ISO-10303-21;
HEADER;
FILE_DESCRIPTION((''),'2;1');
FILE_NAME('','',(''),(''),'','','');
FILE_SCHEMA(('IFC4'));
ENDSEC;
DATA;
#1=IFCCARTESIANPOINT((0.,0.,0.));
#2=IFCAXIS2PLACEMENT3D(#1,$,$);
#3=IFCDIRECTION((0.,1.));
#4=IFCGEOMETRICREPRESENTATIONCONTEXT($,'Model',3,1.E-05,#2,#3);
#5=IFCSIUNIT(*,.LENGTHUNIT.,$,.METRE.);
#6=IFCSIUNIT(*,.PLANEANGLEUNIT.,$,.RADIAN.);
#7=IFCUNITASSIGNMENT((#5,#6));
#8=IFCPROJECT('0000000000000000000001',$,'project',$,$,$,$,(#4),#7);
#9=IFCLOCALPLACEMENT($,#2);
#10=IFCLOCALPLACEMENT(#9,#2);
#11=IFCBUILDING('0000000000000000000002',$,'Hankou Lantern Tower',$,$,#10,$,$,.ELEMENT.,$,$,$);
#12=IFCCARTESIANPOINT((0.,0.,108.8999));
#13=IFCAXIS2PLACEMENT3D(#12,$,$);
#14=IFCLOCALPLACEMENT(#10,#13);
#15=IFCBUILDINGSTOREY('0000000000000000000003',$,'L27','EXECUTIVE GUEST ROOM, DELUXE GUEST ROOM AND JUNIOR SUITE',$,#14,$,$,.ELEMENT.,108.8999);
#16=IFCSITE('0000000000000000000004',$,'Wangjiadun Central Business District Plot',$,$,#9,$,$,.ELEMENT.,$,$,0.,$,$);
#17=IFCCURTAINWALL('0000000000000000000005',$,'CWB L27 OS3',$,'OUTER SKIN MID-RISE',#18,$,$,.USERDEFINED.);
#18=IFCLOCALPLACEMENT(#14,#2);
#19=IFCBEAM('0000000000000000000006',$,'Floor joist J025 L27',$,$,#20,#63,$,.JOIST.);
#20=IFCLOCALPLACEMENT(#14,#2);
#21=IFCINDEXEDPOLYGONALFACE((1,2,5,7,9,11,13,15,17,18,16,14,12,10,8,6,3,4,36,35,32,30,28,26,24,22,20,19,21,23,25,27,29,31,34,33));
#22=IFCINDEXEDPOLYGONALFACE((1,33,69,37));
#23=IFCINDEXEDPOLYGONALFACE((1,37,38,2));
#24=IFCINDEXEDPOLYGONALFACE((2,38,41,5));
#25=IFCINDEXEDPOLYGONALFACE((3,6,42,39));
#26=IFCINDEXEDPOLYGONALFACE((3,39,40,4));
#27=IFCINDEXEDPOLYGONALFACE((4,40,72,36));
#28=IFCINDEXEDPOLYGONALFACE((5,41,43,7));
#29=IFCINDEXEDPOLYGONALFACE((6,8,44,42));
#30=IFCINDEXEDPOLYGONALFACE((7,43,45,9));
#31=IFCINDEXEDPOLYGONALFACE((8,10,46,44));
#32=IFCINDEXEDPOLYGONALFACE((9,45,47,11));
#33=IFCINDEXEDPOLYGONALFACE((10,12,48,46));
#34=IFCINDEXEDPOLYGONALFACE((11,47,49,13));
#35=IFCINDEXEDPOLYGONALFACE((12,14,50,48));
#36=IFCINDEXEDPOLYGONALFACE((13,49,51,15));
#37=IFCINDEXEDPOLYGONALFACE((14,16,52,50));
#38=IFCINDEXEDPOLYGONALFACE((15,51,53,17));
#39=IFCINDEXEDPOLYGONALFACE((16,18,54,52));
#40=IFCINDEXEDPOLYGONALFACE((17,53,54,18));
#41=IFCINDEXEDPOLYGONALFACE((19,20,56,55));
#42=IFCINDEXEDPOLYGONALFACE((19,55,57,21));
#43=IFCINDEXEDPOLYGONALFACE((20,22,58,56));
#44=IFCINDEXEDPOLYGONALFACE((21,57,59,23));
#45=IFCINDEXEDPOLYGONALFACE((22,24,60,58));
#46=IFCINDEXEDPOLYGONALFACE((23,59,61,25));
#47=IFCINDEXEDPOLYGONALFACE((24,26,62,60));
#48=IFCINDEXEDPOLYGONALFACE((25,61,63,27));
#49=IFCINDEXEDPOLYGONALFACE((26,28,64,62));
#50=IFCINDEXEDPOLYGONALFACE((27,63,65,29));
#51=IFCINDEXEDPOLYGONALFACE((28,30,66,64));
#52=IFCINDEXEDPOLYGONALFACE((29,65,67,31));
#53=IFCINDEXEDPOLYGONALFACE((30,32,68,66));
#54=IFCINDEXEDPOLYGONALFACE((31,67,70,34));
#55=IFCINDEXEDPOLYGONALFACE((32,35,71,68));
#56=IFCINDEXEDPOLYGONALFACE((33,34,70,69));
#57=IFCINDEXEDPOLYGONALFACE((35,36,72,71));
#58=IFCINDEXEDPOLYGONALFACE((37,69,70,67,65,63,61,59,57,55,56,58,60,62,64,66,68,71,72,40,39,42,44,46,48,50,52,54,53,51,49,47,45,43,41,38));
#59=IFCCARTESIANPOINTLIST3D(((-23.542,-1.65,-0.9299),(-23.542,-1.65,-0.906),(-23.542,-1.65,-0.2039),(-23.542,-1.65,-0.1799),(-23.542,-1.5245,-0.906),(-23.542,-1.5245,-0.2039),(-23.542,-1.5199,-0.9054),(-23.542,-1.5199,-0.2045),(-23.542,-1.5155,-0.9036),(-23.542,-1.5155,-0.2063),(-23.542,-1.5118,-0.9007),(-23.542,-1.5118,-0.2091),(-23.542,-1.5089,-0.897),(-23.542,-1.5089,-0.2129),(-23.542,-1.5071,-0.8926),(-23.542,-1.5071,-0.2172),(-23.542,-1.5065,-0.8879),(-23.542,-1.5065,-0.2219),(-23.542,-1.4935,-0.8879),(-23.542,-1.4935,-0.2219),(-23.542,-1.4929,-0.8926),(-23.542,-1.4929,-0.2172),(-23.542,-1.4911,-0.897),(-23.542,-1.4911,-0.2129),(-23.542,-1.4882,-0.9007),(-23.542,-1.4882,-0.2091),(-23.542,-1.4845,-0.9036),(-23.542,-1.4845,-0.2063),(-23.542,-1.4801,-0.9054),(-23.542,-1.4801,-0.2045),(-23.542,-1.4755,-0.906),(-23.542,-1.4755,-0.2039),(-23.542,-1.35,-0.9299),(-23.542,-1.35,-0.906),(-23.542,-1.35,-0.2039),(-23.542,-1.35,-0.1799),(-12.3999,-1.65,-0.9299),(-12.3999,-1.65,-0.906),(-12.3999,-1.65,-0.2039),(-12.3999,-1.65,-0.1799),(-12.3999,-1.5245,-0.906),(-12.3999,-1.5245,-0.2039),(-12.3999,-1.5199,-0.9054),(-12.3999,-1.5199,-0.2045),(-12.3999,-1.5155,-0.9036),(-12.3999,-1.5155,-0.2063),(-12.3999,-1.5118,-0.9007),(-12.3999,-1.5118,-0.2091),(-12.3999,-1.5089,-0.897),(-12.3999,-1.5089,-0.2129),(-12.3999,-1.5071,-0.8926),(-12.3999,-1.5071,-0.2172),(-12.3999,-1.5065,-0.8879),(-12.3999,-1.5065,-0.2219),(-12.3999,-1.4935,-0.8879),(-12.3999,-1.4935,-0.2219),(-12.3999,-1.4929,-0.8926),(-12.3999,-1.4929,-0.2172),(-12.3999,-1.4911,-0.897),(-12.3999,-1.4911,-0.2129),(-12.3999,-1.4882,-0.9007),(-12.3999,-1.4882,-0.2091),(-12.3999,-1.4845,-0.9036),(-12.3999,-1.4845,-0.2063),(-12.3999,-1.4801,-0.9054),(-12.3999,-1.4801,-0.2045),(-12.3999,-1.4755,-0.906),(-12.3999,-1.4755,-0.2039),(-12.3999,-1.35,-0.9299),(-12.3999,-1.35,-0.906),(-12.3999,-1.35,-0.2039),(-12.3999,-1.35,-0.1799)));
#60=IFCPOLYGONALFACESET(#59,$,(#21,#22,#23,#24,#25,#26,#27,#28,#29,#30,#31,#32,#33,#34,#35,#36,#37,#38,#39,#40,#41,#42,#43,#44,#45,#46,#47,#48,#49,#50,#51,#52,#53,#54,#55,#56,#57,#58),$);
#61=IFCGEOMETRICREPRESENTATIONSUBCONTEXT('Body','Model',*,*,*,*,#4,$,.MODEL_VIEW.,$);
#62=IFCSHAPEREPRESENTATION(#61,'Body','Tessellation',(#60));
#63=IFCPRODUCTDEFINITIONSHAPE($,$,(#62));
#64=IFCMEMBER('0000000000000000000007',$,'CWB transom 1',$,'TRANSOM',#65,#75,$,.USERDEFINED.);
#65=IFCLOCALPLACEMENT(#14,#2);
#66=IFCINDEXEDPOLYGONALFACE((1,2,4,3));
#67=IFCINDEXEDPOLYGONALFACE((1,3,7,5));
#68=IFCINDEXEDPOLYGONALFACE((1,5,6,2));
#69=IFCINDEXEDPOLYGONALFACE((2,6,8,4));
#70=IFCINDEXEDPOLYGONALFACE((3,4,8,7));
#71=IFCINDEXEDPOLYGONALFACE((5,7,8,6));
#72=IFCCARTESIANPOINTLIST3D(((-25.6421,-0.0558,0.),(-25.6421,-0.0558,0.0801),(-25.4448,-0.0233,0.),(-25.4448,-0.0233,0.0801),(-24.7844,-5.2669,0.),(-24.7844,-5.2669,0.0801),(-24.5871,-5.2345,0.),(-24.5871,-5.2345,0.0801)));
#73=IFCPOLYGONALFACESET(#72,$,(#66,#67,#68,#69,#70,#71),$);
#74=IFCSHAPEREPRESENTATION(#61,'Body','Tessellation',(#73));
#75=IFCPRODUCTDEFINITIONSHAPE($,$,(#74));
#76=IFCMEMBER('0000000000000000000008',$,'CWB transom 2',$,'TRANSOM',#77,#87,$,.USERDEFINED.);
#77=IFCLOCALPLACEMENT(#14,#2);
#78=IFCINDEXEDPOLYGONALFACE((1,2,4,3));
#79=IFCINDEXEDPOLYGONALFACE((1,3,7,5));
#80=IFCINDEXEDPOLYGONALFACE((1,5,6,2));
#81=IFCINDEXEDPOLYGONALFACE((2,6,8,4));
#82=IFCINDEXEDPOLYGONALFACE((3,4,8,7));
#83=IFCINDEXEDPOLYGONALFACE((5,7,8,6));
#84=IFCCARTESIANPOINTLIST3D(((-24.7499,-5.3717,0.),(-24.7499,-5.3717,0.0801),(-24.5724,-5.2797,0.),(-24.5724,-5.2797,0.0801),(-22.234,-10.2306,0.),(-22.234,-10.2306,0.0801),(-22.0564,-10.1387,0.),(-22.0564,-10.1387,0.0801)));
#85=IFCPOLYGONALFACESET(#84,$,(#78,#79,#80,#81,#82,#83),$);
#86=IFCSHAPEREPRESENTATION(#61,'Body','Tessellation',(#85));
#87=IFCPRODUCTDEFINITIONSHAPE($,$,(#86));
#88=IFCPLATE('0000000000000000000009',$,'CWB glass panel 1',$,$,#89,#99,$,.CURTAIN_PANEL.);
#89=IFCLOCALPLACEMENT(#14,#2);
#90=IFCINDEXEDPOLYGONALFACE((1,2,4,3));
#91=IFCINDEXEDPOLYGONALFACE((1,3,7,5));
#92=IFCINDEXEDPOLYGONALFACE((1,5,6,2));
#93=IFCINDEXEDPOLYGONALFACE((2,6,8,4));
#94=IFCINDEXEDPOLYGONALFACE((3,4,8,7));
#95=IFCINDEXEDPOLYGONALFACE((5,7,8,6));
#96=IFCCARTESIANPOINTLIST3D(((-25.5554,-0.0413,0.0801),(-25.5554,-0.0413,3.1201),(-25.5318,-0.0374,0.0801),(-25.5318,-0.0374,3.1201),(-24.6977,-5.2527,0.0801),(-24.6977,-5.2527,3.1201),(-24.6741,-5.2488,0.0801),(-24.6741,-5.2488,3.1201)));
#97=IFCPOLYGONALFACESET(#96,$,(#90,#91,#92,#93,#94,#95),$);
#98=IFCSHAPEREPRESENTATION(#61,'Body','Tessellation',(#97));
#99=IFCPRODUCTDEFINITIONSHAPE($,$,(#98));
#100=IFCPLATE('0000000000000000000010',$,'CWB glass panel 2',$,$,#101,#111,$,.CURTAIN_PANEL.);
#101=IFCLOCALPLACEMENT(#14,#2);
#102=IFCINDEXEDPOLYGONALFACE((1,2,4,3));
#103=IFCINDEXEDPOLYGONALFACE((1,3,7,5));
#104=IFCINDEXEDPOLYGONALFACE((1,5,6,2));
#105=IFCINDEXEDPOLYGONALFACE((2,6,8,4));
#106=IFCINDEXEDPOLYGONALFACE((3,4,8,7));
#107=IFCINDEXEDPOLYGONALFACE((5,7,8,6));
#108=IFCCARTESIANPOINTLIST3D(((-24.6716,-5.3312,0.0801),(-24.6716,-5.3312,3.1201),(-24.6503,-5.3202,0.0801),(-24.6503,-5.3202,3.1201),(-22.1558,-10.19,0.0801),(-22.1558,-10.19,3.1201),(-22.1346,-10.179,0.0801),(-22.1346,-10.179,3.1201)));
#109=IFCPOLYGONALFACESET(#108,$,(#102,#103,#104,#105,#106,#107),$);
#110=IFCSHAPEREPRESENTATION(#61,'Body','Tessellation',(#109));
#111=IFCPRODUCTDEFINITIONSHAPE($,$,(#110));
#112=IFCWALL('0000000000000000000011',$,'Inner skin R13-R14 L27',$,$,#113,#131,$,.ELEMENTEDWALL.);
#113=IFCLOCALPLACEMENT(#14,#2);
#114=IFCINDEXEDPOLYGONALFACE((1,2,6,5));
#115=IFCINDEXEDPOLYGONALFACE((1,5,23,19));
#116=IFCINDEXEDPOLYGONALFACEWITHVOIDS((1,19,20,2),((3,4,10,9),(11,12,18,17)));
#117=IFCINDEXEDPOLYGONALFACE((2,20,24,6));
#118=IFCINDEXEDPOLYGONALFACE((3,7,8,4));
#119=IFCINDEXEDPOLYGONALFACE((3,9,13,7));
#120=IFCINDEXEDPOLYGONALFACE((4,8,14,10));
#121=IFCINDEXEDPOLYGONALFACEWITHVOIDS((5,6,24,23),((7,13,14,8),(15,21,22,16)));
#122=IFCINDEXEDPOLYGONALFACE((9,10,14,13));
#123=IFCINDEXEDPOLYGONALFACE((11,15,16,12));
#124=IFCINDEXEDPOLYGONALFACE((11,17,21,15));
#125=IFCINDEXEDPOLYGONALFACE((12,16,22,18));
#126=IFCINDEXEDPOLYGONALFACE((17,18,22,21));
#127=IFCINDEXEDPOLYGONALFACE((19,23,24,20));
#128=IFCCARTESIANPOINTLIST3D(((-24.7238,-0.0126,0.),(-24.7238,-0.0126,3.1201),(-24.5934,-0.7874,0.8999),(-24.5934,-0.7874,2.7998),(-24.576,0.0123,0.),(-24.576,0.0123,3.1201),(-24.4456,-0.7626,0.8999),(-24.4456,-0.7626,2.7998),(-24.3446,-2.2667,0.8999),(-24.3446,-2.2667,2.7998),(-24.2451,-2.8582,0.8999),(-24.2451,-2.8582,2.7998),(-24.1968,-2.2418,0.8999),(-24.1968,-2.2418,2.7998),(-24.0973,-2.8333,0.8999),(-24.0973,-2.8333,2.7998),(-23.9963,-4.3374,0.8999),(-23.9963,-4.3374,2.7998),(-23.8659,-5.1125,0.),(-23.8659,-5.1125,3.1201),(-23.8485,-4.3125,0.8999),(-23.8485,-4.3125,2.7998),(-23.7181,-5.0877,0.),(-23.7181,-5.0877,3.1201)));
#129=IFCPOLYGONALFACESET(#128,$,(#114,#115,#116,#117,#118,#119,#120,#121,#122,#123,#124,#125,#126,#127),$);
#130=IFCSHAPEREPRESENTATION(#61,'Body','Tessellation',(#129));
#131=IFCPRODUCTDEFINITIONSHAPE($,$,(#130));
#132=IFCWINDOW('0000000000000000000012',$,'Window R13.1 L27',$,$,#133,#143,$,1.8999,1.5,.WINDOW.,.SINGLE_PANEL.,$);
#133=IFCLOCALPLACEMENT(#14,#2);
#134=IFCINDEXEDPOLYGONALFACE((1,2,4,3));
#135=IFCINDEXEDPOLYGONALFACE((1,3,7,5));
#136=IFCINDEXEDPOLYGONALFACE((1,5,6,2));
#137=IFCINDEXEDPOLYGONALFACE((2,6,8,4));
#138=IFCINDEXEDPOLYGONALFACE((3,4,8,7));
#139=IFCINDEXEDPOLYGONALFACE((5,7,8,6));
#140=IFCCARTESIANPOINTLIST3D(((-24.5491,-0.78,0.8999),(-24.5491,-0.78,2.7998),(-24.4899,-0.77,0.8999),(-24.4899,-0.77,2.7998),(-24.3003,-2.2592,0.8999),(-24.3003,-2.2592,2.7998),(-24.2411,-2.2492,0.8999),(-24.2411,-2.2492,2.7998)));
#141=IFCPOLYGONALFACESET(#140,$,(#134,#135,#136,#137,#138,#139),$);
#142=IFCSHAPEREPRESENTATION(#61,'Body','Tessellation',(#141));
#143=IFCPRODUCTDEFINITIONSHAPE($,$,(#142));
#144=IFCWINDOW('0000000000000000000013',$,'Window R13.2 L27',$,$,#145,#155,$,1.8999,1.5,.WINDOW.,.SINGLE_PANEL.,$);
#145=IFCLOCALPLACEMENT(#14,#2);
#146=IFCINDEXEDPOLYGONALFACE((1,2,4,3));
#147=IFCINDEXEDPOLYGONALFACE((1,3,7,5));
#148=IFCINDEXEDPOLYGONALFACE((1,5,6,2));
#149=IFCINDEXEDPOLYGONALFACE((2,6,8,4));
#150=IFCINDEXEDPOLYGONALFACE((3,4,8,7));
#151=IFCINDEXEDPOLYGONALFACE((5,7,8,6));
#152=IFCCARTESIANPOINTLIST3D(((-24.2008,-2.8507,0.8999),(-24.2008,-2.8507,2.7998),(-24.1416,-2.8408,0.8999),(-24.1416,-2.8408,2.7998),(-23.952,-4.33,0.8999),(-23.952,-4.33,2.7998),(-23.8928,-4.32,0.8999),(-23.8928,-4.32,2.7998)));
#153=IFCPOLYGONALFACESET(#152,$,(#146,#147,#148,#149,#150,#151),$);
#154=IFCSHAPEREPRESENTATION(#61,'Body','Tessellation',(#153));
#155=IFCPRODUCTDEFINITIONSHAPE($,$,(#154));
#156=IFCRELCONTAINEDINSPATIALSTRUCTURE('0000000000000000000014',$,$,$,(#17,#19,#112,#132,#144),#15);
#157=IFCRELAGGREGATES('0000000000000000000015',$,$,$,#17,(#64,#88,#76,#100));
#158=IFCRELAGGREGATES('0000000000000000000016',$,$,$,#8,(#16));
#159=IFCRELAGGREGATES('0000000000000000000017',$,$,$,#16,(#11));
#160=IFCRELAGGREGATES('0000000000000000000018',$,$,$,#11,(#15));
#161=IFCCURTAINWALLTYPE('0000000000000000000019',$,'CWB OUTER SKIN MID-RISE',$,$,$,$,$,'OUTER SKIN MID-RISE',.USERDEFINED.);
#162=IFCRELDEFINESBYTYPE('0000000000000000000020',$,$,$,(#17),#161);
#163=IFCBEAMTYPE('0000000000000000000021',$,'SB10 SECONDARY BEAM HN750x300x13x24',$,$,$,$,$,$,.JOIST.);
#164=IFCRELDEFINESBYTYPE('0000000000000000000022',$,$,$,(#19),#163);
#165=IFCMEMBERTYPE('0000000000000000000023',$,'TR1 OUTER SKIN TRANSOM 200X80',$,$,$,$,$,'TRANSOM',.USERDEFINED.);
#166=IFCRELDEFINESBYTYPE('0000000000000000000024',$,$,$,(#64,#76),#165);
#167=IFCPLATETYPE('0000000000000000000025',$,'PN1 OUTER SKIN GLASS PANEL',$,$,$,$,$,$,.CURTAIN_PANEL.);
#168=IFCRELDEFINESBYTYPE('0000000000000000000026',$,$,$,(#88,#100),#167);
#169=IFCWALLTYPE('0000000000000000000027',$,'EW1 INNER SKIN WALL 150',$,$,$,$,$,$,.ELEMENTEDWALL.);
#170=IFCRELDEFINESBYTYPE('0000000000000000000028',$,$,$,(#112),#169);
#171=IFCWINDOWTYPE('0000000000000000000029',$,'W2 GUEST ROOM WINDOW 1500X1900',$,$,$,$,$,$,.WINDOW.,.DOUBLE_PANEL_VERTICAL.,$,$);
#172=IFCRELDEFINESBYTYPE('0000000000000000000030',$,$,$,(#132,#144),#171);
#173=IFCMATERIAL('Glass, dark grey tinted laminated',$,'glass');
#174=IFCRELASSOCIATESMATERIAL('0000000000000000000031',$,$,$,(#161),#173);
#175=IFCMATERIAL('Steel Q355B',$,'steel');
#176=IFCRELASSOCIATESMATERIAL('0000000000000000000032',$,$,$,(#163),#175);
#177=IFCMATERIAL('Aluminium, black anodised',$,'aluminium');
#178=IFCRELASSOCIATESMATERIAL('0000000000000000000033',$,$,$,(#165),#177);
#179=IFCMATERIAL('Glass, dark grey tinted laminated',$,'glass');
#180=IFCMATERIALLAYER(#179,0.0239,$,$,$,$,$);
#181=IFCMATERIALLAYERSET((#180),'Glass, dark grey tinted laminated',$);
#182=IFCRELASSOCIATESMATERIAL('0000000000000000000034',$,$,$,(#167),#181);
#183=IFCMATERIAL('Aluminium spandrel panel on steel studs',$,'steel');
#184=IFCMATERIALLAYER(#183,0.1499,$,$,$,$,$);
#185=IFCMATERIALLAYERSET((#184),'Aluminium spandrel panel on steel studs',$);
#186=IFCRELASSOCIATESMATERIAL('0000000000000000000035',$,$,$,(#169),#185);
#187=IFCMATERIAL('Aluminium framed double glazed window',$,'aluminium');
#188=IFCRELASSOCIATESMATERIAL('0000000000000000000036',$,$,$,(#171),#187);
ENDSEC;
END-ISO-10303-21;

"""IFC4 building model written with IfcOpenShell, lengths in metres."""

from ifc_helpers import new_model, si_unit, direction, frame, frame_2d, origin, origin_2d, place, context, subcontext, project, spatial, rectangle, i_section, extrude, material, layer, layer_set, material_profile, profile_set, type_object, element, fill, aggregate, save


model = new_model("IFC4")

# Units and contexts
model_context = context("Model", 3, precision=1e-05, world=origin(), true_north=direction((0.0, 1.0)))
body_context = subcontext(model_context, "Body", "Model", "MODEL_VIEW")
ifc_project = project(units=[si_unit("LENGTHUNIT", "METRE"), si_unit("PLANEANGLEUNIT", "RADIAN")], contexts=[model_context])

# Site, building, storey
site_placement = place(None, origin())
site = spatial("IfcSite", under=ifc_project, at=site_placement, Name="Wangjiadun Central Business District Plot", CompositionType="ELEMENT", RefElevation=0.0)
building_placement = place(site_placement, origin())
building = spatial("IfcBuilding", under=site, at=building_placement, Name="Hankou Lantern Tower", CompositionType="ELEMENT")
storey_placement = place(building_placement, frame((0.0, 0.0, 108.8999)))
storey = spatial("IfcBuildingStorey", under=building, at=storey_placement, Name="L27", Description="EXECUTIVE GUEST ROOM, DELUXE GUEST ROOM AND JUNIOR SUITE", CompositionType="ELEMENT", Elevation=108.8999)

# Curtain wall
ifc_material_1 = material(Name="Glass, dark grey tinted laminated", Category="glass")
curtain_wall_type = type_object("IfcCurtainWallType", Name="CWB OUTER SKIN MID-RISE", ElementType="OUTER SKIN MID-RISE", PredefinedType="USERDEFINED", material=ifc_material_1)
curtain_wall_placement = place(storey_placement, origin())
curtain_wall = element("IfcCurtainWall", 1, at=curtain_wall_placement, inside=storey, type_object=curtain_wall_type, Name="CWB L27 OS3", ObjectType="OUTER SKIN MID-RISE", PredefinedType="USERDEFINED")

# Beam
ifc_material_2 = material(Name="Steel Q355B", Category="steel")
ifc_material_profile_1 = material_profile(ifc_material_2, i_section(OverallWidth=0.3, OverallDepth=0.75, WebThickness=0.0129, FlangeThickness=0.0239, FilletRadius=0.0181, at=origin_2d()), Name="HN750x300x13x24")
ifc_profile_set_1 = profile_set([ifc_material_profile_1], Name="Steel Q355B")
beam_type_1 = type_object("IfcBeamType", Name="SB10 SECONDARY BEAM HN750x300x13x24", PredefinedType="JOIST", material=ifc_profile_set_1)
beam_1_placement = place(storey_placement, frame((-23.542, -1.5, -0.5549), z_axis=(1.0, 0.0, 0.0), x_axis=(0.0, 1.0, 0.0)))
element("IfcBeam", 2, at=beam_1_placement, inside=storey, type_object=beam_type_1, Name="Floor joist J025 L27", PredefinedType="JOIST", context=body_context, shape_type="SweptSolid", body=[
    extrude(i_section(OverallWidth=0.3, OverallDepth=0.75, WebThickness=0.0129, FlangeThickness=0.0239, FilletRadius=0.0181, at=origin_2d()), origin(), (0.0, 0.0, 1.0), 11.1421),
])

# Members
ifc_material_3 = material(Name="Aluminium, black anodised", Category="aluminium")
ifc_material_profile_2 = material_profile(ifc_material_3, rectangle(XDim=0.2, YDim=0.0801, at=origin_2d()), Name="TR1 200X80")
ifc_profile_set_2 = profile_set([ifc_material_profile_2], Name="Aluminium, black anodised")
member_type_1 = type_object("IfcMemberType", Name="TR1 OUTER SKIN TRANSOM 200X80", ElementType="TRANSOM", PredefinedType="USERDEFINED", material=ifc_profile_set_2)
member_1_placement = place(storey_placement, frame((-25.5435, -0.0396, 0.04), z_axis=(0.162397, -0.986725, 0.0), x_axis=(0.986725, 0.162397, 0.0)))
member_1 = element("IfcMember", 3, at=member_1_placement, type_object=member_type_1, Name="CWB transom 1", ObjectType="TRANSOM", PredefinedType="USERDEFINED", context=body_context, shape_type="SweptSolid", body=[
    extrude(rectangle(XDim=0.2, YDim=0.0801, at=origin_2d()), origin(), (0.0, 0.0, 1.0), 5.2812),
])
member_2_placement = place(storey_placement, frame((-24.6611, -5.3257, 0.04), z_axis=(0.459805, -0.88802, 0.0), x_axis=(0.88802, 0.459805, 0.0)))
member_2 = element("IfcMember", 4, at=member_2_placement, type_object=member_type_1, Name="CWB transom 2", ObjectType="TRANSOM", PredefinedType="USERDEFINED", context=body_context, shape_type="SweptSolid", body=[
    extrude(rectangle(XDim=0.2, YDim=0.0801, at=origin_2d()), origin(), (0.0, 0.0, 1.0), 5.4717),
])

# Plates
ifc_material_4 = material(Name="Glass, dark grey tinted laminated", Category="glass")
ifc_layer_1 = layer(ifc_material_4, 0.0239)
ifc_layer_set_1 = layer_set([ifc_layer_1], Name="Glass, dark grey tinted laminated")
plate_type = type_object("IfcPlateType", Name="PN1 OUTER SKIN GLASS PANEL", PredefinedType="CURTAIN_PANEL", material=ifc_layer_set_1)
plate_1_placement = place(storey_placement, frame((-25.1147, -2.645, 0.0801), z_axis=(0.0, 0.0, 1.0), x_axis=(0.162382, -0.986728, 0.0)))
plate_1 = element("IfcPlate", 5, at=plate_1_placement, type_object=plate_type, Name="CWB glass panel 1", PredefinedType="CURTAIN_PANEL", context=body_context, shape_type="SweptSolid", body=[
    extrude(rectangle(XDim=5.2815, YDim=0.0239, at=origin_2d()), origin(), (0.0, 0.0, 1.0), 3.04),
])
plate_2_placement = place(storey_placement, frame((-23.4031, -7.7551, 0.0801), z_axis=(0.0, 0.0, 1.0), x_axis=(0.459791, -0.888027, 0.0)))
plate_2 = element("IfcPlate", 6, at=plate_2_placement, type_object=plate_type, Name="CWB glass panel 2", PredefinedType="CURTAIN_PANEL", context=body_context, shape_type="SweptSolid", body=[
    extrude(rectangle(XDim=5.4714, YDim=0.0239, at=origin_2d()), origin(), (0.0, 0.0, 1.0), 3.04),
])
aggregate(curtain_wall, [member_1, plate_1, member_2, plate_2])

# Wall, openings, windows
ifc_material_5 = material(Name="Aluminium spandrel panel on steel studs", Category="steel")
ifc_layer_2 = layer(ifc_material_5, 0.1499)
ifc_layer_set_2 = layer_set([ifc_layer_2], Name="Aluminium spandrel panel on steel studs")
wall_type_1 = type_object("IfcWallType", Name="EW1 INNER SKIN WALL 150", PredefinedType="ELEMENTEDWALL", material=ifc_layer_set_2)
wall_1_placement = place(storey_placement, frame((-24.6499, 0.0, 0.0), z_axis=(0.0, 0.0, 1.0), x_axis=(0.165884, -0.986145, 0.0)))
wall_1 = element("IfcWall", 7, at=wall_1_placement, inside=storey, type_object=wall_type_1, Name="Inner skin R13-R14 L27", PredefinedType="ELEMENTEDWALL", context=body_context, shape_type="SweptSolid", body=[
    extrude(rectangle(XDim=5.1716, YDim=0.1499, at=frame_2d((2.5859, 0.0))), origin(), (0.0, 0.0, 1.0), 3.1201),
])
opening_1_placement = place(wall_1_placement, frame((0.7859, 0.0, 0.8999)))
opening_1 = element("IfcOpeningElement", 8, at=opening_1_placement, cuts=wall_1, PredefinedType="OPENING", context=body_context, shape_type="SweptSolid", body=[
    extrude(rectangle(XDim=1.5, YDim=1.8999, at=frame_2d((0.75, 0.95))), frame((0.0, 0.085, 0.0), z_axis=(0.0, -1.0, 0.0), x_axis=(1.0, 0.0, 0.0)), (0.0, 0.0, 1.0), 0.1699),
])
opening_2_placement = place(wall_1_placement, frame((2.8857, 0.0, 0.8999)))
opening_2 = element("IfcOpeningElement", 9, at=opening_2_placement, cuts=wall_1, PredefinedType="OPENING", context=body_context, shape_type="SweptSolid", body=[
    extrude(rectangle(XDim=1.5, YDim=1.8999, at=frame_2d((0.75, 0.95))), frame((0.0, 0.085, 0.0), z_axis=(0.0, -1.0, 0.0), x_axis=(1.0, 0.0, 0.0)), (0.0, 0.0, 1.0), 0.1699),
])
ifc_material_6 = material(Name="Aluminium framed double glazed window", Category="aluminium")
window_type = type_object("IfcWindowType", Name="W2 GUEST ROOM WINDOW 1500X1900", PartitioningType="DOUBLE_PANEL_VERTICAL", PredefinedType="WINDOW", material=ifc_material_6)
window_1_placement = place(opening_1_placement, origin())
window_1 = element("IfcWindow", 10, at=window_1_placement, inside=storey, type_object=window_type, Name="Window R13.1 L27", OverallHeight=1.8999, OverallWidth=1.5, PartitioningType="SINGLE_PANEL", PredefinedType="WINDOW", context=body_context, shape_type="SweptSolid", body=[
    extrude(rectangle(XDim=1.5, YDim=1.8999, at=frame_2d((0.75, 0.95))), frame((0.0, 0.03, 0.0), z_axis=(0.0, -1.0, 0.0), x_axis=(1.0, 0.0, 0.0)), (0.0, 0.0, 1.0), 0.0601),
])
fill(opening_1, window_1)
window_2_placement = place(opening_2_placement, origin())
window_2 = element("IfcWindow", 11, at=window_2_placement, inside=storey, type_object=window_type, Name="Window R13.2 L27", OverallHeight=1.8999, OverallWidth=1.5, PartitioningType="SINGLE_PANEL", PredefinedType="WINDOW", context=body_context, shape_type="SweptSolid", body=[
    extrude(rectangle(XDim=1.5, YDim=1.8999, at=frame_2d((0.75, 0.95))), frame((0.0, 0.03, 0.0), z_axis=(0.0, -1.0, 0.0), x_axis=(1.0, 0.0, 0.0)), (0.0, 0.0, 1.0), 0.0601),
])
fill(opening_2, window_2)

save(model, "model.ifc")
